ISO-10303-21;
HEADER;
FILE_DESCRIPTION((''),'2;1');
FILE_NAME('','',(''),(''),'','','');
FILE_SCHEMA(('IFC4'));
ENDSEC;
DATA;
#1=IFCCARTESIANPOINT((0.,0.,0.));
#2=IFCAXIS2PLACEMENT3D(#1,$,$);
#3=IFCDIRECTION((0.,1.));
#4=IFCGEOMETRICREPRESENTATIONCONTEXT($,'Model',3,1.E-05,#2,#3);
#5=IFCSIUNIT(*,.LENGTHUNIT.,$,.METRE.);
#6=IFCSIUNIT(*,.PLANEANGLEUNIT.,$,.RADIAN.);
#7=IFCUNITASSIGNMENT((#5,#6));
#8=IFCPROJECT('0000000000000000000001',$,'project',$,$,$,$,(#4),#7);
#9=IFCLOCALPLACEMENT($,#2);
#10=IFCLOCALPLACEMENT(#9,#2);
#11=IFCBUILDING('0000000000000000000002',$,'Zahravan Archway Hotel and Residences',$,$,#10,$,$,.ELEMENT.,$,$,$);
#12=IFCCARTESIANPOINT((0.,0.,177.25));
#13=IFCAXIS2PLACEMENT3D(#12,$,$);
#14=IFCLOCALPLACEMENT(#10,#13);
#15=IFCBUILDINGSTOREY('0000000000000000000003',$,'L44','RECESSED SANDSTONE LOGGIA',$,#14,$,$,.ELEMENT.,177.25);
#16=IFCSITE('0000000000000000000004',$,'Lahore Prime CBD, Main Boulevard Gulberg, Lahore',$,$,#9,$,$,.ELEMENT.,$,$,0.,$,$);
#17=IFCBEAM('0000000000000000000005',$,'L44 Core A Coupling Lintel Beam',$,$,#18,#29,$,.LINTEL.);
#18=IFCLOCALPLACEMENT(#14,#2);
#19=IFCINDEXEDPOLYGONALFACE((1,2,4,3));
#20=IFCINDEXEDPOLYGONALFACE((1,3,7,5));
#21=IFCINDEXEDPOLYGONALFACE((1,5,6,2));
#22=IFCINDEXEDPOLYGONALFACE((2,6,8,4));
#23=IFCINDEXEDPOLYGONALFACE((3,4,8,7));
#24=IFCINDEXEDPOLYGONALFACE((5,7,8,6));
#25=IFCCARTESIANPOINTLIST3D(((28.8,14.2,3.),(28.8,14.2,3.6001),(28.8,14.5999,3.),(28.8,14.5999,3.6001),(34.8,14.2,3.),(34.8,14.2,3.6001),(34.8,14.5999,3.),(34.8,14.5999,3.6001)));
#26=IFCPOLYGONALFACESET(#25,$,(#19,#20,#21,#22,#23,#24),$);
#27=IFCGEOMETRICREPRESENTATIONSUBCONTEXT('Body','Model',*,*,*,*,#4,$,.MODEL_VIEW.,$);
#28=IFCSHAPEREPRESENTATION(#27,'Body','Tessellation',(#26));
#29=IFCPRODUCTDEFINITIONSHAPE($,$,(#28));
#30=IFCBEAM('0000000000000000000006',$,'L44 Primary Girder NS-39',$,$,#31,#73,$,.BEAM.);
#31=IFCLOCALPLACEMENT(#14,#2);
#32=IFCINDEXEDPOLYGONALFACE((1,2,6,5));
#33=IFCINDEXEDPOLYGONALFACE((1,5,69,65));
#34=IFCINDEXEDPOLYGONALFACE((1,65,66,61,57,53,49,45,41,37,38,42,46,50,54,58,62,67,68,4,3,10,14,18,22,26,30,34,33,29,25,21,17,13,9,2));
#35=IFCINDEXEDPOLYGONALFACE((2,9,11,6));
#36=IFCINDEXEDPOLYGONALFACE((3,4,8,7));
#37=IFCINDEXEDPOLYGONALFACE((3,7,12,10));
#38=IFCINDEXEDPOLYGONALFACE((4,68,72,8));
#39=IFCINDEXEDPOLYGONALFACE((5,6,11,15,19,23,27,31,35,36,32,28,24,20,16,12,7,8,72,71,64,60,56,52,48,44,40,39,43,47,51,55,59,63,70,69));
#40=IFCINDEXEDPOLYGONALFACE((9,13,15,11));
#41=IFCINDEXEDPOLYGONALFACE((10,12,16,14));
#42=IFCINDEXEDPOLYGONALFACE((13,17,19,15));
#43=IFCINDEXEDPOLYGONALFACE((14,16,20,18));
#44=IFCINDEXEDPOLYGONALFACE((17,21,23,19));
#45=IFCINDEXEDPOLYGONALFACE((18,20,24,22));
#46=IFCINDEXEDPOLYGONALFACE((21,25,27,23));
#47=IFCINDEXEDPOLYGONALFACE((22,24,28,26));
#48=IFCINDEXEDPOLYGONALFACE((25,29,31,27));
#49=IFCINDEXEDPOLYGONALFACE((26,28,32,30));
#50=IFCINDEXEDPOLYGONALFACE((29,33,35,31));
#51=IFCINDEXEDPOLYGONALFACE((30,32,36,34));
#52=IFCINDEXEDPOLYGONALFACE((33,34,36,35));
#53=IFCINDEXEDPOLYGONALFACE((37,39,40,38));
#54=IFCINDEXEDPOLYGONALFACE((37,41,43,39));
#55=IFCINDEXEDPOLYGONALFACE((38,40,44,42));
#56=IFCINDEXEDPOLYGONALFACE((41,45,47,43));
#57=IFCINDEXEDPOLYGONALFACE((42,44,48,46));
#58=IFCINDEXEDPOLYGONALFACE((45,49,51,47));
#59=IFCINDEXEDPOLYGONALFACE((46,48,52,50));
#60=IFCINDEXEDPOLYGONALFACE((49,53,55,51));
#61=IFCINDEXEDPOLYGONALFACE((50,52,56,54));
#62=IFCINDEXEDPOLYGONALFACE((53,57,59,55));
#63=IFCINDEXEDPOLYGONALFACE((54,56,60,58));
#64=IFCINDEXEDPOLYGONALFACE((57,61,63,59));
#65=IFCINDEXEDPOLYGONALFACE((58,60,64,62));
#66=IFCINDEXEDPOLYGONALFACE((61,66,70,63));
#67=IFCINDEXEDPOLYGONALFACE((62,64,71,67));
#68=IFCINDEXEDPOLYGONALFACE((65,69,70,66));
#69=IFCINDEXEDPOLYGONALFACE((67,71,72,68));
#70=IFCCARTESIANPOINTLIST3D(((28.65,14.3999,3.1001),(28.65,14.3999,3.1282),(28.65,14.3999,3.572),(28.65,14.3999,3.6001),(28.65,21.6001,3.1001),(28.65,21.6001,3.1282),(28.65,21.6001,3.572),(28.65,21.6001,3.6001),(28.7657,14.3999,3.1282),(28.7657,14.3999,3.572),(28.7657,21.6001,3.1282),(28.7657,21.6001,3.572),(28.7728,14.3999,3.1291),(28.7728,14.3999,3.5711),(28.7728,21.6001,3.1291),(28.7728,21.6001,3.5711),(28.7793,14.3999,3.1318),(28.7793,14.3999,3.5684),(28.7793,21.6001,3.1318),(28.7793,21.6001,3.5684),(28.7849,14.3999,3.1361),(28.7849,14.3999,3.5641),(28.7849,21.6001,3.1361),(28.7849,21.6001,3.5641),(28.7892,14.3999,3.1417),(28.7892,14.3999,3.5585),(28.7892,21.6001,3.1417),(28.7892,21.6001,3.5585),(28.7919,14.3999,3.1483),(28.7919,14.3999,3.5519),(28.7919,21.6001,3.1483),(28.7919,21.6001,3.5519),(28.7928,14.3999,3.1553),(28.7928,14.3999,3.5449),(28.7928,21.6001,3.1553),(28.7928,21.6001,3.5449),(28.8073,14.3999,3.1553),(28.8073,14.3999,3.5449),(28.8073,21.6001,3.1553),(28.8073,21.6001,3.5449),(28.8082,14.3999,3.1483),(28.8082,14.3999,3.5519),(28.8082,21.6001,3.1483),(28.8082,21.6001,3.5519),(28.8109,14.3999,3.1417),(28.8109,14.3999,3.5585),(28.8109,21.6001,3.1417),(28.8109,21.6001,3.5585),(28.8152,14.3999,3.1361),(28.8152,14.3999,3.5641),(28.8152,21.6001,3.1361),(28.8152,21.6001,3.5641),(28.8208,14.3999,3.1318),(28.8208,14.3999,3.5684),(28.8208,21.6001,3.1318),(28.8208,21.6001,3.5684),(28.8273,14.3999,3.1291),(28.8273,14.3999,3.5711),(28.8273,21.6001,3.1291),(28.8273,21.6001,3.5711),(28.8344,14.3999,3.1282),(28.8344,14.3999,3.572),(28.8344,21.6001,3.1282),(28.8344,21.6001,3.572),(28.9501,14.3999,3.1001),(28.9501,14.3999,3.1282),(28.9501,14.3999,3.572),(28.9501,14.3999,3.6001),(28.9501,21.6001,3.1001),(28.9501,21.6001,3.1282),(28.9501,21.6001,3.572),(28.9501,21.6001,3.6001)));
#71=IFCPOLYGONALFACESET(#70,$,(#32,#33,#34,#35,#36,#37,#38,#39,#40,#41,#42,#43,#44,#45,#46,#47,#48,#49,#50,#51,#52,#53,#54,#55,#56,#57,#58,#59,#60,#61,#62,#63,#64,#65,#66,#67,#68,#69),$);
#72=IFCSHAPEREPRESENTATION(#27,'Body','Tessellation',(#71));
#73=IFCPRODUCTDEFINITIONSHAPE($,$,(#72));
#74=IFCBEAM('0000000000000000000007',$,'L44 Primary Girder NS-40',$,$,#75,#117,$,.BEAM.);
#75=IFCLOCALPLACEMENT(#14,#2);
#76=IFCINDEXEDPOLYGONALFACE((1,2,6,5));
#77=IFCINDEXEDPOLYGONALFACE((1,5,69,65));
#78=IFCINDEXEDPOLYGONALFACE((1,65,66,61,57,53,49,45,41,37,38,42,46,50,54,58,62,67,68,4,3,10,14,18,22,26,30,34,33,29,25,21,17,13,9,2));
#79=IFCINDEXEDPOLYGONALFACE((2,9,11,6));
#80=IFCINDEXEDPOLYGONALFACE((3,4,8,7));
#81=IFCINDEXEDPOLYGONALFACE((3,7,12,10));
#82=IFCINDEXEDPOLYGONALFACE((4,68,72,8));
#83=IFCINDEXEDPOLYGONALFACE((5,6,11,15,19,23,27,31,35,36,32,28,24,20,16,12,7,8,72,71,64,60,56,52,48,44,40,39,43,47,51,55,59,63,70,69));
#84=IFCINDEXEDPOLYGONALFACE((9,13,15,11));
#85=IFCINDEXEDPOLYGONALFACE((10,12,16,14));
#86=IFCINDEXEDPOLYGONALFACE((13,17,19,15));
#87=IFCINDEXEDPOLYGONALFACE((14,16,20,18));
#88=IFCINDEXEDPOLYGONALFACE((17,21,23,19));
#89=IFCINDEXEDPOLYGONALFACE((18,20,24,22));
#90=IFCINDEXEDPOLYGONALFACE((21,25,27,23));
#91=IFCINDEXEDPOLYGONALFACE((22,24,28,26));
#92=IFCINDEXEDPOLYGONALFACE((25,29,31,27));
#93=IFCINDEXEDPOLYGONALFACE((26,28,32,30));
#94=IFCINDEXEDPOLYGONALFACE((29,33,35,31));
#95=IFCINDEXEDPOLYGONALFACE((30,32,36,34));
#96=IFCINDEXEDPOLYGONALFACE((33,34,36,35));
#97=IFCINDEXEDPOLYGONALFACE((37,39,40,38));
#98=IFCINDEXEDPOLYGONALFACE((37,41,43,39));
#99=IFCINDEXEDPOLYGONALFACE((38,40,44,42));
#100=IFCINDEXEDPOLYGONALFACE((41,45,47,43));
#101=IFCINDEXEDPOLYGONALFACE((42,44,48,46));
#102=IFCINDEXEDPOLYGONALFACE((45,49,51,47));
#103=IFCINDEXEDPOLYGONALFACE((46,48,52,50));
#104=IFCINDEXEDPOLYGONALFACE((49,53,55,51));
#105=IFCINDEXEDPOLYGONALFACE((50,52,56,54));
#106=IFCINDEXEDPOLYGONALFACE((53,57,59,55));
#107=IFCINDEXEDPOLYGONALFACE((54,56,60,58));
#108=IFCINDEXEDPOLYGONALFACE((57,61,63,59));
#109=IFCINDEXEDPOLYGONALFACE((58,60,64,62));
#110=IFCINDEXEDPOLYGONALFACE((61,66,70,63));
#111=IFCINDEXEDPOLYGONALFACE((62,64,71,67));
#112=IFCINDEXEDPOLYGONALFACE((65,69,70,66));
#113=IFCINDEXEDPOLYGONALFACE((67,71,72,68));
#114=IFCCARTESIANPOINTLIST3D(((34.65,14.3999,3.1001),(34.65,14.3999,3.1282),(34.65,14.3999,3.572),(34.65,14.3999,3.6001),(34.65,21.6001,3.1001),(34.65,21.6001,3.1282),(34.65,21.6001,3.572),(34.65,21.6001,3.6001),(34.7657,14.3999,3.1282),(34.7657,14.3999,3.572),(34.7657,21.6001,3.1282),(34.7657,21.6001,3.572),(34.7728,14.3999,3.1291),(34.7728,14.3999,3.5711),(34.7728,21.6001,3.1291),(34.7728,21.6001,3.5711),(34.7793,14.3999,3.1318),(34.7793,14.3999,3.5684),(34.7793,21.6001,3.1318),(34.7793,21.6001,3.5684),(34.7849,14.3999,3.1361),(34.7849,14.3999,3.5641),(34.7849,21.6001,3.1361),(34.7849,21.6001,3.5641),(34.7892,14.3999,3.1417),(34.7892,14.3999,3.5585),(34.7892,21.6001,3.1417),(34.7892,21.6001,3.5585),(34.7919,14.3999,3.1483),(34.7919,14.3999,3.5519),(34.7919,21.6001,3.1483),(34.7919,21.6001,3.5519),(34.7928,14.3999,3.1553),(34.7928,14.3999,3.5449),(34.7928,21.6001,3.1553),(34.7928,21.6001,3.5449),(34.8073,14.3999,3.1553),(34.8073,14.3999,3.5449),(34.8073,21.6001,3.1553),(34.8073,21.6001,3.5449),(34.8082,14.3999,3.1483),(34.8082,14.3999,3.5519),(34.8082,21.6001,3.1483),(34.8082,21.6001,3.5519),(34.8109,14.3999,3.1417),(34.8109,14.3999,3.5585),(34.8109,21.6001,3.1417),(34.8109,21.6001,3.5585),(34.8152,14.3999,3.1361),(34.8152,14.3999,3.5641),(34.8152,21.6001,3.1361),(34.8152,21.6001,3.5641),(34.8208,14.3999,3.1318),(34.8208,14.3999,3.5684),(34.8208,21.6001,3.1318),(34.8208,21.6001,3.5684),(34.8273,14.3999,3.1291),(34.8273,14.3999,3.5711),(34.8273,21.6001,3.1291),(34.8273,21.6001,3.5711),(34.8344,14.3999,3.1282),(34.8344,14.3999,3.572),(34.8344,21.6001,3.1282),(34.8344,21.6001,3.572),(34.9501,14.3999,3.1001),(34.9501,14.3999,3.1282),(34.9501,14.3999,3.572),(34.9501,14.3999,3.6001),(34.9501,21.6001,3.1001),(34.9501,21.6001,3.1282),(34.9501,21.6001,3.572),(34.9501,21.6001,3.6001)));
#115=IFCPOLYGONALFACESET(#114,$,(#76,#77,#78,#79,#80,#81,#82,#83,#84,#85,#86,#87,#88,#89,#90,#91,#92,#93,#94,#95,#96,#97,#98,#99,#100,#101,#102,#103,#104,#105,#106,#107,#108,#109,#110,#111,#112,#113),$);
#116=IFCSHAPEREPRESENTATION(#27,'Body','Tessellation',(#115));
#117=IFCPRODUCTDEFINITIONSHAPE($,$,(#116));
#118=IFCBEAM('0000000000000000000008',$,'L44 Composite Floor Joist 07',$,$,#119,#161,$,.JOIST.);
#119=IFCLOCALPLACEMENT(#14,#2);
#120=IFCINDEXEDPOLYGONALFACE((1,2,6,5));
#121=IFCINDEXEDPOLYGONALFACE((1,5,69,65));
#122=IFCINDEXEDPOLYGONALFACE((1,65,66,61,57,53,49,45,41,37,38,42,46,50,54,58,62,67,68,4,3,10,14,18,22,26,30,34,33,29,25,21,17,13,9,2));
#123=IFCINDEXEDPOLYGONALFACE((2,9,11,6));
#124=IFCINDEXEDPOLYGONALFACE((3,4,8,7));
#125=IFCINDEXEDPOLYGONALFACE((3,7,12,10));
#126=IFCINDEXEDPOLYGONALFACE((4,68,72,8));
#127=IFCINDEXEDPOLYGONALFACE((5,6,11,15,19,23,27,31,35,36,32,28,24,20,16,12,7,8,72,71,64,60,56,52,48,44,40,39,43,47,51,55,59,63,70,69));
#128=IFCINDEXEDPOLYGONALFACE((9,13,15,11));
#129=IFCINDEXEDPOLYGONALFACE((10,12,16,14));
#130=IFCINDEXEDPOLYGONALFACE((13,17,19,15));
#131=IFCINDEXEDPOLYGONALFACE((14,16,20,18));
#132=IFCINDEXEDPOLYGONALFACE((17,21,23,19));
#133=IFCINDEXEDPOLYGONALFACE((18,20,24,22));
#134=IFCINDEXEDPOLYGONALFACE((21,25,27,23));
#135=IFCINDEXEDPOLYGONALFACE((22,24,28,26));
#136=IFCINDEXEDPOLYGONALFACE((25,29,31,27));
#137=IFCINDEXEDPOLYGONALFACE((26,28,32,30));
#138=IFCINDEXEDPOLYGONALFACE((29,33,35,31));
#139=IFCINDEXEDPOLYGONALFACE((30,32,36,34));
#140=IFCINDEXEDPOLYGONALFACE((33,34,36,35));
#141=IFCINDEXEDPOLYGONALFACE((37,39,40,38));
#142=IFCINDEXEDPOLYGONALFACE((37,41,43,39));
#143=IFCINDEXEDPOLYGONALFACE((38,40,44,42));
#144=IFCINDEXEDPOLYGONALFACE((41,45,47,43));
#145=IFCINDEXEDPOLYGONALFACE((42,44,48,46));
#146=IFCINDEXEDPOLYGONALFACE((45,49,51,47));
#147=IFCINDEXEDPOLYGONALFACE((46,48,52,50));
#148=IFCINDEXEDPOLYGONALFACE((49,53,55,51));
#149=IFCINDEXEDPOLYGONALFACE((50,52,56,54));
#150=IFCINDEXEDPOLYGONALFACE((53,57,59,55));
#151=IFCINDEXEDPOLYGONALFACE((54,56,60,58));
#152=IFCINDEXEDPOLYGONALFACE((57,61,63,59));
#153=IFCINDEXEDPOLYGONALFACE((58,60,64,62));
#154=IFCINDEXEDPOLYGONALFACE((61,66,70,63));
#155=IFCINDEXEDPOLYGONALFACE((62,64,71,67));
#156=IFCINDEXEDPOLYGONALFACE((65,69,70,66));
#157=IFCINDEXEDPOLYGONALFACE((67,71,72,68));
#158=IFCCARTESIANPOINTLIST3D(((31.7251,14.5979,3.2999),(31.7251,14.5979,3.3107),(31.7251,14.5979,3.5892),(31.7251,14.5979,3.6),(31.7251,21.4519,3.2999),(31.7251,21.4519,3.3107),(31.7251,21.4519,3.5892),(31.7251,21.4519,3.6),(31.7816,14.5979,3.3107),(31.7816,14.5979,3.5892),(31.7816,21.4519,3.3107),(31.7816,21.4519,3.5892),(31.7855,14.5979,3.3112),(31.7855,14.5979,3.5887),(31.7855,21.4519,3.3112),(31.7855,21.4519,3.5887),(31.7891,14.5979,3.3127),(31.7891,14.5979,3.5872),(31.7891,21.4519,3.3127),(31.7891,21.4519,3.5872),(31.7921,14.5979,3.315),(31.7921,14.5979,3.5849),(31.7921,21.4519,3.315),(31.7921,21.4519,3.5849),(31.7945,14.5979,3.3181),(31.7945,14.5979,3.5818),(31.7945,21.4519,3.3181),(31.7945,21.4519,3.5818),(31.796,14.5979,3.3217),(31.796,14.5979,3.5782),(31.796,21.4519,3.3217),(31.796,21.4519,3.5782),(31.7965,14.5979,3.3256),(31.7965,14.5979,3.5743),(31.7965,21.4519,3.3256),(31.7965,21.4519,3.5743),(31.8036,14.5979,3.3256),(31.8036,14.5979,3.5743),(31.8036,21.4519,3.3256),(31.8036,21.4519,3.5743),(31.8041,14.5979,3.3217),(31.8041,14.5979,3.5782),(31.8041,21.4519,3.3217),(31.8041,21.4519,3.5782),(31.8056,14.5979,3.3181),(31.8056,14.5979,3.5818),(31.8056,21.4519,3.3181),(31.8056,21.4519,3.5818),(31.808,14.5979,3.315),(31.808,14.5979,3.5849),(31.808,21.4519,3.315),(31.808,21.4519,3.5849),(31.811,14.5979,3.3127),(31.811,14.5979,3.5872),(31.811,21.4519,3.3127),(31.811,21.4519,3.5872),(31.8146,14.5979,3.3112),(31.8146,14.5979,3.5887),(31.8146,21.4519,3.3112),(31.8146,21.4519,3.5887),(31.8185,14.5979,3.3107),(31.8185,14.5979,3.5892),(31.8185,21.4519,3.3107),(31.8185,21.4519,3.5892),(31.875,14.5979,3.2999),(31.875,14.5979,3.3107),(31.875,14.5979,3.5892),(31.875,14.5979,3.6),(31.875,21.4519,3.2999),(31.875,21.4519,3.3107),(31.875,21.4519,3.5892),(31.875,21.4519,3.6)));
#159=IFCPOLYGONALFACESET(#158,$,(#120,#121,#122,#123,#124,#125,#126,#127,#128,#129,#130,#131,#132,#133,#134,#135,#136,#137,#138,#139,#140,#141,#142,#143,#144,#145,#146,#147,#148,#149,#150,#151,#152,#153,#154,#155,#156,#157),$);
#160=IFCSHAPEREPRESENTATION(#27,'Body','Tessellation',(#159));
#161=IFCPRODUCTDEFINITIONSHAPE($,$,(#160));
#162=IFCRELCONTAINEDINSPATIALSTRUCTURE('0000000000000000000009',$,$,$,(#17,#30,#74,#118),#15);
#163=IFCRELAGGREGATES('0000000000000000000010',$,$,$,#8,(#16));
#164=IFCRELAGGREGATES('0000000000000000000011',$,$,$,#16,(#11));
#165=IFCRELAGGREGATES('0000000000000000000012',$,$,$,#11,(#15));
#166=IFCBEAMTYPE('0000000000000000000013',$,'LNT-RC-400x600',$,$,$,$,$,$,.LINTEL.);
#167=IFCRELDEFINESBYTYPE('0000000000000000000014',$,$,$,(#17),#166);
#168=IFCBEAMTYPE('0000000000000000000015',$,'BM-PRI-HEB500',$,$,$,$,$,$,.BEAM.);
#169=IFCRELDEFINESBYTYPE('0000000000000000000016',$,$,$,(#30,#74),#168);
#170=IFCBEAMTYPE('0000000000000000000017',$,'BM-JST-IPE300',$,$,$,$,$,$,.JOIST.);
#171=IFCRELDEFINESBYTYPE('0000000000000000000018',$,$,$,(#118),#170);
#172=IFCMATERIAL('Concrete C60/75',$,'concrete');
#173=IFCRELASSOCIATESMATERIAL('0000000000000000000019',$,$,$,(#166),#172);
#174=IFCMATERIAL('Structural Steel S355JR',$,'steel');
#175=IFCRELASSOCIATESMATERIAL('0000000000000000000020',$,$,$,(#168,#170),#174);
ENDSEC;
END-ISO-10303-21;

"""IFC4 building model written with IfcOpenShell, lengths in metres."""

from ifc_helpers import new_model, si_unit, direction, frame, origin, origin_2d, place, context, subcontext, project, spatial, rectangle, i_section, extrude, source, transform, mapped, material, material_profile, profile_set, type_object, type_shapes, element, save


model = new_model("IFC4")

# Units and contexts
model_context = context("Model", 3, precision=1e-05, world=origin(), true_north=direction((0.0, 1.0)))
body_context = subcontext(model_context, "Body", "Model", "MODEL_VIEW")
ifc_project = project(units=[si_unit("LENGTHUNIT", "METRE"), si_unit("PLANEANGLEUNIT", "RADIAN")], contexts=[model_context])

# Site, building, storey
site_placement = place(None, origin())
site = spatial("IfcSite", under=ifc_project, at=site_placement, Name="Lahore Prime CBD, Main Boulevard Gulberg, Lahore", CompositionType="ELEMENT", RefElevation=0.0)
building_placement = place(site_placement, origin())
building = spatial("IfcBuilding", under=site, at=building_placement, Name="Zahravan Archway Hotel and Residences", CompositionType="ELEMENT")
storey_placement = place(building_placement, frame((0.0, 0.0, 177.25)))
storey = spatial("IfcBuildingStorey", under=building, at=storey_placement, Name="L44", Description="RECESSED SANDSTONE LOGGIA", CompositionType="ELEMENT", Elevation=177.25)

# Beams
ifc_material_1 = material(Name="Concrete C60/75", Category="concrete")
ifc_material_profile_1 = material_profile(ifc_material_1, rectangle(XDim=0.3999, YDim=0.6001, at=origin_2d()), Name="RC-LNT-400x600", Category="concrete")
ifc_profile_set_1 = profile_set([ifc_material_profile_1], Name="Concrete C60/75")
beam_type_1 = type_object("IfcBeamType", Name="LNT-RC-400x600", PredefinedType="LINTEL", material=ifc_profile_set_1)
shared_shape_1 = source(origin(), body_context, "Body", "SweptSolid", [
    extrude(rectangle(XDim=0.3999, YDim=0.6001, at=origin_2d()), origin(), (0.0, 0.0, 1.0), 6.0),
])
type_shapes(beam_type_1, [shared_shape_1])
beam_1_placement = place(storey_placement, frame((28.8, 14.3999, 3.3), z_axis=(1.0, 0.0, 0.0), x_axis=(0.0, 1.0, 0.0)))
element("IfcBeam", 1, at=beam_1_placement, inside=storey, type_object=beam_type_1, Name="L44 Core A Coupling Lintel Beam", PredefinedType="LINTEL", context=body_context, shape_type="MappedRepresentation", body=[
    mapped(shared_shape_1, transform((0.0, 0.0, 0.0), scale=1.0)),
])
ifc_material_2 = material(Name="Structural Steel S355JR", Category="steel")
ifc_material_profile_2 = material_profile(ifc_material_2, i_section(OverallWidth=0.3, OverallDepth=0.5, WebThickness=0.0144, FlangeThickness=0.0281, FilletRadius=0.0271, at=origin_2d()), Name="HEB 500", Category="steel")
ifc_profile_set_2 = profile_set([ifc_material_profile_2], Name="Structural Steel S355JR")
beam_type_2 = type_object("IfcBeamType", Name="BM-PRI-HEB500", PredefinedType="BEAM", material=ifc_profile_set_2)
shared_shape_2 = source(origin(), body_context, "Body", "SweptSolid", [
    extrude(i_section(OverallWidth=0.3, OverallDepth=0.5, WebThickness=0.0144, FlangeThickness=0.0281, FilletRadius=0.0271, at=origin_2d()), origin(), (0.0, 0.0, 1.0), 7.2002),
])
type_shapes(beam_type_2, [shared_shape_2])
for number, where, z_axis, x_axis, name in (
    (2, (28.8, 14.3999, 3.3501), (0.0, 1.0, 0.0), (-1.0, 0.0, 0.0), "L44 Primary Girder NS-39"),
    (3, (34.8, 14.3999, 3.3501), (0.0, 1.0, 0.0), (-1.0, 0.0, 0.0), "L44 Primary Girder NS-40"),
):
    element("IfcBeam", number, at=place(storey_placement, frame(where, z_axis=z_axis, x_axis=x_axis)), inside=storey, type_object=beam_type_2, Name=name, PredefinedType="BEAM", context=body_context, shape_type="MappedRepresentation", body=[
        mapped(shared_shape_2, transform((0.0, 0.0, 0.0), scale=1.0)),
    ])
ifc_material_profile_3 = material_profile(ifc_material_2, i_section(OverallWidth=0.1499, OverallDepth=0.3, WebThickness=0.0071, FlangeThickness=0.0107, FilletRadius=0.0149, at=origin_2d()), Name="IPE 300", Category="steel")
ifc_profile_set_3 = profile_set([ifc_material_profile_3], Name="Structural Steel S355JR")
beam_type_3 = type_object("IfcBeamType", Name="BM-JST-IPE300", PredefinedType="JOIST", material=ifc_profile_set_3)
shared_shape_3 = source(origin(), body_context, "Body", "SweptSolid", [
    extrude(i_section(OverallWidth=0.1499, OverallDepth=0.3, WebThickness=0.0071, FlangeThickness=0.0107, FilletRadius=0.0149, at=origin_2d()), origin(), (0.0, 0.0, 1.0), 6.854),
])
beam_2_placement = place(storey_placement, frame((31.8, 14.5979, 3.45), z_axis=(0.0, 1.0, 0.0), x_axis=(-1.0, 0.0, 0.0)))
element("IfcBeam", 4, at=beam_2_placement, inside=storey, type_object=beam_type_3, Name="L44 Composite Floor Joist 07", PredefinedType="JOIST", context=body_context, shape_type="MappedRepresentation", body=[
    mapped(shared_shape_3, transform((0.0, 0.0, 0.0), scale=1.0)),
])

save(model, "model.ifc")
